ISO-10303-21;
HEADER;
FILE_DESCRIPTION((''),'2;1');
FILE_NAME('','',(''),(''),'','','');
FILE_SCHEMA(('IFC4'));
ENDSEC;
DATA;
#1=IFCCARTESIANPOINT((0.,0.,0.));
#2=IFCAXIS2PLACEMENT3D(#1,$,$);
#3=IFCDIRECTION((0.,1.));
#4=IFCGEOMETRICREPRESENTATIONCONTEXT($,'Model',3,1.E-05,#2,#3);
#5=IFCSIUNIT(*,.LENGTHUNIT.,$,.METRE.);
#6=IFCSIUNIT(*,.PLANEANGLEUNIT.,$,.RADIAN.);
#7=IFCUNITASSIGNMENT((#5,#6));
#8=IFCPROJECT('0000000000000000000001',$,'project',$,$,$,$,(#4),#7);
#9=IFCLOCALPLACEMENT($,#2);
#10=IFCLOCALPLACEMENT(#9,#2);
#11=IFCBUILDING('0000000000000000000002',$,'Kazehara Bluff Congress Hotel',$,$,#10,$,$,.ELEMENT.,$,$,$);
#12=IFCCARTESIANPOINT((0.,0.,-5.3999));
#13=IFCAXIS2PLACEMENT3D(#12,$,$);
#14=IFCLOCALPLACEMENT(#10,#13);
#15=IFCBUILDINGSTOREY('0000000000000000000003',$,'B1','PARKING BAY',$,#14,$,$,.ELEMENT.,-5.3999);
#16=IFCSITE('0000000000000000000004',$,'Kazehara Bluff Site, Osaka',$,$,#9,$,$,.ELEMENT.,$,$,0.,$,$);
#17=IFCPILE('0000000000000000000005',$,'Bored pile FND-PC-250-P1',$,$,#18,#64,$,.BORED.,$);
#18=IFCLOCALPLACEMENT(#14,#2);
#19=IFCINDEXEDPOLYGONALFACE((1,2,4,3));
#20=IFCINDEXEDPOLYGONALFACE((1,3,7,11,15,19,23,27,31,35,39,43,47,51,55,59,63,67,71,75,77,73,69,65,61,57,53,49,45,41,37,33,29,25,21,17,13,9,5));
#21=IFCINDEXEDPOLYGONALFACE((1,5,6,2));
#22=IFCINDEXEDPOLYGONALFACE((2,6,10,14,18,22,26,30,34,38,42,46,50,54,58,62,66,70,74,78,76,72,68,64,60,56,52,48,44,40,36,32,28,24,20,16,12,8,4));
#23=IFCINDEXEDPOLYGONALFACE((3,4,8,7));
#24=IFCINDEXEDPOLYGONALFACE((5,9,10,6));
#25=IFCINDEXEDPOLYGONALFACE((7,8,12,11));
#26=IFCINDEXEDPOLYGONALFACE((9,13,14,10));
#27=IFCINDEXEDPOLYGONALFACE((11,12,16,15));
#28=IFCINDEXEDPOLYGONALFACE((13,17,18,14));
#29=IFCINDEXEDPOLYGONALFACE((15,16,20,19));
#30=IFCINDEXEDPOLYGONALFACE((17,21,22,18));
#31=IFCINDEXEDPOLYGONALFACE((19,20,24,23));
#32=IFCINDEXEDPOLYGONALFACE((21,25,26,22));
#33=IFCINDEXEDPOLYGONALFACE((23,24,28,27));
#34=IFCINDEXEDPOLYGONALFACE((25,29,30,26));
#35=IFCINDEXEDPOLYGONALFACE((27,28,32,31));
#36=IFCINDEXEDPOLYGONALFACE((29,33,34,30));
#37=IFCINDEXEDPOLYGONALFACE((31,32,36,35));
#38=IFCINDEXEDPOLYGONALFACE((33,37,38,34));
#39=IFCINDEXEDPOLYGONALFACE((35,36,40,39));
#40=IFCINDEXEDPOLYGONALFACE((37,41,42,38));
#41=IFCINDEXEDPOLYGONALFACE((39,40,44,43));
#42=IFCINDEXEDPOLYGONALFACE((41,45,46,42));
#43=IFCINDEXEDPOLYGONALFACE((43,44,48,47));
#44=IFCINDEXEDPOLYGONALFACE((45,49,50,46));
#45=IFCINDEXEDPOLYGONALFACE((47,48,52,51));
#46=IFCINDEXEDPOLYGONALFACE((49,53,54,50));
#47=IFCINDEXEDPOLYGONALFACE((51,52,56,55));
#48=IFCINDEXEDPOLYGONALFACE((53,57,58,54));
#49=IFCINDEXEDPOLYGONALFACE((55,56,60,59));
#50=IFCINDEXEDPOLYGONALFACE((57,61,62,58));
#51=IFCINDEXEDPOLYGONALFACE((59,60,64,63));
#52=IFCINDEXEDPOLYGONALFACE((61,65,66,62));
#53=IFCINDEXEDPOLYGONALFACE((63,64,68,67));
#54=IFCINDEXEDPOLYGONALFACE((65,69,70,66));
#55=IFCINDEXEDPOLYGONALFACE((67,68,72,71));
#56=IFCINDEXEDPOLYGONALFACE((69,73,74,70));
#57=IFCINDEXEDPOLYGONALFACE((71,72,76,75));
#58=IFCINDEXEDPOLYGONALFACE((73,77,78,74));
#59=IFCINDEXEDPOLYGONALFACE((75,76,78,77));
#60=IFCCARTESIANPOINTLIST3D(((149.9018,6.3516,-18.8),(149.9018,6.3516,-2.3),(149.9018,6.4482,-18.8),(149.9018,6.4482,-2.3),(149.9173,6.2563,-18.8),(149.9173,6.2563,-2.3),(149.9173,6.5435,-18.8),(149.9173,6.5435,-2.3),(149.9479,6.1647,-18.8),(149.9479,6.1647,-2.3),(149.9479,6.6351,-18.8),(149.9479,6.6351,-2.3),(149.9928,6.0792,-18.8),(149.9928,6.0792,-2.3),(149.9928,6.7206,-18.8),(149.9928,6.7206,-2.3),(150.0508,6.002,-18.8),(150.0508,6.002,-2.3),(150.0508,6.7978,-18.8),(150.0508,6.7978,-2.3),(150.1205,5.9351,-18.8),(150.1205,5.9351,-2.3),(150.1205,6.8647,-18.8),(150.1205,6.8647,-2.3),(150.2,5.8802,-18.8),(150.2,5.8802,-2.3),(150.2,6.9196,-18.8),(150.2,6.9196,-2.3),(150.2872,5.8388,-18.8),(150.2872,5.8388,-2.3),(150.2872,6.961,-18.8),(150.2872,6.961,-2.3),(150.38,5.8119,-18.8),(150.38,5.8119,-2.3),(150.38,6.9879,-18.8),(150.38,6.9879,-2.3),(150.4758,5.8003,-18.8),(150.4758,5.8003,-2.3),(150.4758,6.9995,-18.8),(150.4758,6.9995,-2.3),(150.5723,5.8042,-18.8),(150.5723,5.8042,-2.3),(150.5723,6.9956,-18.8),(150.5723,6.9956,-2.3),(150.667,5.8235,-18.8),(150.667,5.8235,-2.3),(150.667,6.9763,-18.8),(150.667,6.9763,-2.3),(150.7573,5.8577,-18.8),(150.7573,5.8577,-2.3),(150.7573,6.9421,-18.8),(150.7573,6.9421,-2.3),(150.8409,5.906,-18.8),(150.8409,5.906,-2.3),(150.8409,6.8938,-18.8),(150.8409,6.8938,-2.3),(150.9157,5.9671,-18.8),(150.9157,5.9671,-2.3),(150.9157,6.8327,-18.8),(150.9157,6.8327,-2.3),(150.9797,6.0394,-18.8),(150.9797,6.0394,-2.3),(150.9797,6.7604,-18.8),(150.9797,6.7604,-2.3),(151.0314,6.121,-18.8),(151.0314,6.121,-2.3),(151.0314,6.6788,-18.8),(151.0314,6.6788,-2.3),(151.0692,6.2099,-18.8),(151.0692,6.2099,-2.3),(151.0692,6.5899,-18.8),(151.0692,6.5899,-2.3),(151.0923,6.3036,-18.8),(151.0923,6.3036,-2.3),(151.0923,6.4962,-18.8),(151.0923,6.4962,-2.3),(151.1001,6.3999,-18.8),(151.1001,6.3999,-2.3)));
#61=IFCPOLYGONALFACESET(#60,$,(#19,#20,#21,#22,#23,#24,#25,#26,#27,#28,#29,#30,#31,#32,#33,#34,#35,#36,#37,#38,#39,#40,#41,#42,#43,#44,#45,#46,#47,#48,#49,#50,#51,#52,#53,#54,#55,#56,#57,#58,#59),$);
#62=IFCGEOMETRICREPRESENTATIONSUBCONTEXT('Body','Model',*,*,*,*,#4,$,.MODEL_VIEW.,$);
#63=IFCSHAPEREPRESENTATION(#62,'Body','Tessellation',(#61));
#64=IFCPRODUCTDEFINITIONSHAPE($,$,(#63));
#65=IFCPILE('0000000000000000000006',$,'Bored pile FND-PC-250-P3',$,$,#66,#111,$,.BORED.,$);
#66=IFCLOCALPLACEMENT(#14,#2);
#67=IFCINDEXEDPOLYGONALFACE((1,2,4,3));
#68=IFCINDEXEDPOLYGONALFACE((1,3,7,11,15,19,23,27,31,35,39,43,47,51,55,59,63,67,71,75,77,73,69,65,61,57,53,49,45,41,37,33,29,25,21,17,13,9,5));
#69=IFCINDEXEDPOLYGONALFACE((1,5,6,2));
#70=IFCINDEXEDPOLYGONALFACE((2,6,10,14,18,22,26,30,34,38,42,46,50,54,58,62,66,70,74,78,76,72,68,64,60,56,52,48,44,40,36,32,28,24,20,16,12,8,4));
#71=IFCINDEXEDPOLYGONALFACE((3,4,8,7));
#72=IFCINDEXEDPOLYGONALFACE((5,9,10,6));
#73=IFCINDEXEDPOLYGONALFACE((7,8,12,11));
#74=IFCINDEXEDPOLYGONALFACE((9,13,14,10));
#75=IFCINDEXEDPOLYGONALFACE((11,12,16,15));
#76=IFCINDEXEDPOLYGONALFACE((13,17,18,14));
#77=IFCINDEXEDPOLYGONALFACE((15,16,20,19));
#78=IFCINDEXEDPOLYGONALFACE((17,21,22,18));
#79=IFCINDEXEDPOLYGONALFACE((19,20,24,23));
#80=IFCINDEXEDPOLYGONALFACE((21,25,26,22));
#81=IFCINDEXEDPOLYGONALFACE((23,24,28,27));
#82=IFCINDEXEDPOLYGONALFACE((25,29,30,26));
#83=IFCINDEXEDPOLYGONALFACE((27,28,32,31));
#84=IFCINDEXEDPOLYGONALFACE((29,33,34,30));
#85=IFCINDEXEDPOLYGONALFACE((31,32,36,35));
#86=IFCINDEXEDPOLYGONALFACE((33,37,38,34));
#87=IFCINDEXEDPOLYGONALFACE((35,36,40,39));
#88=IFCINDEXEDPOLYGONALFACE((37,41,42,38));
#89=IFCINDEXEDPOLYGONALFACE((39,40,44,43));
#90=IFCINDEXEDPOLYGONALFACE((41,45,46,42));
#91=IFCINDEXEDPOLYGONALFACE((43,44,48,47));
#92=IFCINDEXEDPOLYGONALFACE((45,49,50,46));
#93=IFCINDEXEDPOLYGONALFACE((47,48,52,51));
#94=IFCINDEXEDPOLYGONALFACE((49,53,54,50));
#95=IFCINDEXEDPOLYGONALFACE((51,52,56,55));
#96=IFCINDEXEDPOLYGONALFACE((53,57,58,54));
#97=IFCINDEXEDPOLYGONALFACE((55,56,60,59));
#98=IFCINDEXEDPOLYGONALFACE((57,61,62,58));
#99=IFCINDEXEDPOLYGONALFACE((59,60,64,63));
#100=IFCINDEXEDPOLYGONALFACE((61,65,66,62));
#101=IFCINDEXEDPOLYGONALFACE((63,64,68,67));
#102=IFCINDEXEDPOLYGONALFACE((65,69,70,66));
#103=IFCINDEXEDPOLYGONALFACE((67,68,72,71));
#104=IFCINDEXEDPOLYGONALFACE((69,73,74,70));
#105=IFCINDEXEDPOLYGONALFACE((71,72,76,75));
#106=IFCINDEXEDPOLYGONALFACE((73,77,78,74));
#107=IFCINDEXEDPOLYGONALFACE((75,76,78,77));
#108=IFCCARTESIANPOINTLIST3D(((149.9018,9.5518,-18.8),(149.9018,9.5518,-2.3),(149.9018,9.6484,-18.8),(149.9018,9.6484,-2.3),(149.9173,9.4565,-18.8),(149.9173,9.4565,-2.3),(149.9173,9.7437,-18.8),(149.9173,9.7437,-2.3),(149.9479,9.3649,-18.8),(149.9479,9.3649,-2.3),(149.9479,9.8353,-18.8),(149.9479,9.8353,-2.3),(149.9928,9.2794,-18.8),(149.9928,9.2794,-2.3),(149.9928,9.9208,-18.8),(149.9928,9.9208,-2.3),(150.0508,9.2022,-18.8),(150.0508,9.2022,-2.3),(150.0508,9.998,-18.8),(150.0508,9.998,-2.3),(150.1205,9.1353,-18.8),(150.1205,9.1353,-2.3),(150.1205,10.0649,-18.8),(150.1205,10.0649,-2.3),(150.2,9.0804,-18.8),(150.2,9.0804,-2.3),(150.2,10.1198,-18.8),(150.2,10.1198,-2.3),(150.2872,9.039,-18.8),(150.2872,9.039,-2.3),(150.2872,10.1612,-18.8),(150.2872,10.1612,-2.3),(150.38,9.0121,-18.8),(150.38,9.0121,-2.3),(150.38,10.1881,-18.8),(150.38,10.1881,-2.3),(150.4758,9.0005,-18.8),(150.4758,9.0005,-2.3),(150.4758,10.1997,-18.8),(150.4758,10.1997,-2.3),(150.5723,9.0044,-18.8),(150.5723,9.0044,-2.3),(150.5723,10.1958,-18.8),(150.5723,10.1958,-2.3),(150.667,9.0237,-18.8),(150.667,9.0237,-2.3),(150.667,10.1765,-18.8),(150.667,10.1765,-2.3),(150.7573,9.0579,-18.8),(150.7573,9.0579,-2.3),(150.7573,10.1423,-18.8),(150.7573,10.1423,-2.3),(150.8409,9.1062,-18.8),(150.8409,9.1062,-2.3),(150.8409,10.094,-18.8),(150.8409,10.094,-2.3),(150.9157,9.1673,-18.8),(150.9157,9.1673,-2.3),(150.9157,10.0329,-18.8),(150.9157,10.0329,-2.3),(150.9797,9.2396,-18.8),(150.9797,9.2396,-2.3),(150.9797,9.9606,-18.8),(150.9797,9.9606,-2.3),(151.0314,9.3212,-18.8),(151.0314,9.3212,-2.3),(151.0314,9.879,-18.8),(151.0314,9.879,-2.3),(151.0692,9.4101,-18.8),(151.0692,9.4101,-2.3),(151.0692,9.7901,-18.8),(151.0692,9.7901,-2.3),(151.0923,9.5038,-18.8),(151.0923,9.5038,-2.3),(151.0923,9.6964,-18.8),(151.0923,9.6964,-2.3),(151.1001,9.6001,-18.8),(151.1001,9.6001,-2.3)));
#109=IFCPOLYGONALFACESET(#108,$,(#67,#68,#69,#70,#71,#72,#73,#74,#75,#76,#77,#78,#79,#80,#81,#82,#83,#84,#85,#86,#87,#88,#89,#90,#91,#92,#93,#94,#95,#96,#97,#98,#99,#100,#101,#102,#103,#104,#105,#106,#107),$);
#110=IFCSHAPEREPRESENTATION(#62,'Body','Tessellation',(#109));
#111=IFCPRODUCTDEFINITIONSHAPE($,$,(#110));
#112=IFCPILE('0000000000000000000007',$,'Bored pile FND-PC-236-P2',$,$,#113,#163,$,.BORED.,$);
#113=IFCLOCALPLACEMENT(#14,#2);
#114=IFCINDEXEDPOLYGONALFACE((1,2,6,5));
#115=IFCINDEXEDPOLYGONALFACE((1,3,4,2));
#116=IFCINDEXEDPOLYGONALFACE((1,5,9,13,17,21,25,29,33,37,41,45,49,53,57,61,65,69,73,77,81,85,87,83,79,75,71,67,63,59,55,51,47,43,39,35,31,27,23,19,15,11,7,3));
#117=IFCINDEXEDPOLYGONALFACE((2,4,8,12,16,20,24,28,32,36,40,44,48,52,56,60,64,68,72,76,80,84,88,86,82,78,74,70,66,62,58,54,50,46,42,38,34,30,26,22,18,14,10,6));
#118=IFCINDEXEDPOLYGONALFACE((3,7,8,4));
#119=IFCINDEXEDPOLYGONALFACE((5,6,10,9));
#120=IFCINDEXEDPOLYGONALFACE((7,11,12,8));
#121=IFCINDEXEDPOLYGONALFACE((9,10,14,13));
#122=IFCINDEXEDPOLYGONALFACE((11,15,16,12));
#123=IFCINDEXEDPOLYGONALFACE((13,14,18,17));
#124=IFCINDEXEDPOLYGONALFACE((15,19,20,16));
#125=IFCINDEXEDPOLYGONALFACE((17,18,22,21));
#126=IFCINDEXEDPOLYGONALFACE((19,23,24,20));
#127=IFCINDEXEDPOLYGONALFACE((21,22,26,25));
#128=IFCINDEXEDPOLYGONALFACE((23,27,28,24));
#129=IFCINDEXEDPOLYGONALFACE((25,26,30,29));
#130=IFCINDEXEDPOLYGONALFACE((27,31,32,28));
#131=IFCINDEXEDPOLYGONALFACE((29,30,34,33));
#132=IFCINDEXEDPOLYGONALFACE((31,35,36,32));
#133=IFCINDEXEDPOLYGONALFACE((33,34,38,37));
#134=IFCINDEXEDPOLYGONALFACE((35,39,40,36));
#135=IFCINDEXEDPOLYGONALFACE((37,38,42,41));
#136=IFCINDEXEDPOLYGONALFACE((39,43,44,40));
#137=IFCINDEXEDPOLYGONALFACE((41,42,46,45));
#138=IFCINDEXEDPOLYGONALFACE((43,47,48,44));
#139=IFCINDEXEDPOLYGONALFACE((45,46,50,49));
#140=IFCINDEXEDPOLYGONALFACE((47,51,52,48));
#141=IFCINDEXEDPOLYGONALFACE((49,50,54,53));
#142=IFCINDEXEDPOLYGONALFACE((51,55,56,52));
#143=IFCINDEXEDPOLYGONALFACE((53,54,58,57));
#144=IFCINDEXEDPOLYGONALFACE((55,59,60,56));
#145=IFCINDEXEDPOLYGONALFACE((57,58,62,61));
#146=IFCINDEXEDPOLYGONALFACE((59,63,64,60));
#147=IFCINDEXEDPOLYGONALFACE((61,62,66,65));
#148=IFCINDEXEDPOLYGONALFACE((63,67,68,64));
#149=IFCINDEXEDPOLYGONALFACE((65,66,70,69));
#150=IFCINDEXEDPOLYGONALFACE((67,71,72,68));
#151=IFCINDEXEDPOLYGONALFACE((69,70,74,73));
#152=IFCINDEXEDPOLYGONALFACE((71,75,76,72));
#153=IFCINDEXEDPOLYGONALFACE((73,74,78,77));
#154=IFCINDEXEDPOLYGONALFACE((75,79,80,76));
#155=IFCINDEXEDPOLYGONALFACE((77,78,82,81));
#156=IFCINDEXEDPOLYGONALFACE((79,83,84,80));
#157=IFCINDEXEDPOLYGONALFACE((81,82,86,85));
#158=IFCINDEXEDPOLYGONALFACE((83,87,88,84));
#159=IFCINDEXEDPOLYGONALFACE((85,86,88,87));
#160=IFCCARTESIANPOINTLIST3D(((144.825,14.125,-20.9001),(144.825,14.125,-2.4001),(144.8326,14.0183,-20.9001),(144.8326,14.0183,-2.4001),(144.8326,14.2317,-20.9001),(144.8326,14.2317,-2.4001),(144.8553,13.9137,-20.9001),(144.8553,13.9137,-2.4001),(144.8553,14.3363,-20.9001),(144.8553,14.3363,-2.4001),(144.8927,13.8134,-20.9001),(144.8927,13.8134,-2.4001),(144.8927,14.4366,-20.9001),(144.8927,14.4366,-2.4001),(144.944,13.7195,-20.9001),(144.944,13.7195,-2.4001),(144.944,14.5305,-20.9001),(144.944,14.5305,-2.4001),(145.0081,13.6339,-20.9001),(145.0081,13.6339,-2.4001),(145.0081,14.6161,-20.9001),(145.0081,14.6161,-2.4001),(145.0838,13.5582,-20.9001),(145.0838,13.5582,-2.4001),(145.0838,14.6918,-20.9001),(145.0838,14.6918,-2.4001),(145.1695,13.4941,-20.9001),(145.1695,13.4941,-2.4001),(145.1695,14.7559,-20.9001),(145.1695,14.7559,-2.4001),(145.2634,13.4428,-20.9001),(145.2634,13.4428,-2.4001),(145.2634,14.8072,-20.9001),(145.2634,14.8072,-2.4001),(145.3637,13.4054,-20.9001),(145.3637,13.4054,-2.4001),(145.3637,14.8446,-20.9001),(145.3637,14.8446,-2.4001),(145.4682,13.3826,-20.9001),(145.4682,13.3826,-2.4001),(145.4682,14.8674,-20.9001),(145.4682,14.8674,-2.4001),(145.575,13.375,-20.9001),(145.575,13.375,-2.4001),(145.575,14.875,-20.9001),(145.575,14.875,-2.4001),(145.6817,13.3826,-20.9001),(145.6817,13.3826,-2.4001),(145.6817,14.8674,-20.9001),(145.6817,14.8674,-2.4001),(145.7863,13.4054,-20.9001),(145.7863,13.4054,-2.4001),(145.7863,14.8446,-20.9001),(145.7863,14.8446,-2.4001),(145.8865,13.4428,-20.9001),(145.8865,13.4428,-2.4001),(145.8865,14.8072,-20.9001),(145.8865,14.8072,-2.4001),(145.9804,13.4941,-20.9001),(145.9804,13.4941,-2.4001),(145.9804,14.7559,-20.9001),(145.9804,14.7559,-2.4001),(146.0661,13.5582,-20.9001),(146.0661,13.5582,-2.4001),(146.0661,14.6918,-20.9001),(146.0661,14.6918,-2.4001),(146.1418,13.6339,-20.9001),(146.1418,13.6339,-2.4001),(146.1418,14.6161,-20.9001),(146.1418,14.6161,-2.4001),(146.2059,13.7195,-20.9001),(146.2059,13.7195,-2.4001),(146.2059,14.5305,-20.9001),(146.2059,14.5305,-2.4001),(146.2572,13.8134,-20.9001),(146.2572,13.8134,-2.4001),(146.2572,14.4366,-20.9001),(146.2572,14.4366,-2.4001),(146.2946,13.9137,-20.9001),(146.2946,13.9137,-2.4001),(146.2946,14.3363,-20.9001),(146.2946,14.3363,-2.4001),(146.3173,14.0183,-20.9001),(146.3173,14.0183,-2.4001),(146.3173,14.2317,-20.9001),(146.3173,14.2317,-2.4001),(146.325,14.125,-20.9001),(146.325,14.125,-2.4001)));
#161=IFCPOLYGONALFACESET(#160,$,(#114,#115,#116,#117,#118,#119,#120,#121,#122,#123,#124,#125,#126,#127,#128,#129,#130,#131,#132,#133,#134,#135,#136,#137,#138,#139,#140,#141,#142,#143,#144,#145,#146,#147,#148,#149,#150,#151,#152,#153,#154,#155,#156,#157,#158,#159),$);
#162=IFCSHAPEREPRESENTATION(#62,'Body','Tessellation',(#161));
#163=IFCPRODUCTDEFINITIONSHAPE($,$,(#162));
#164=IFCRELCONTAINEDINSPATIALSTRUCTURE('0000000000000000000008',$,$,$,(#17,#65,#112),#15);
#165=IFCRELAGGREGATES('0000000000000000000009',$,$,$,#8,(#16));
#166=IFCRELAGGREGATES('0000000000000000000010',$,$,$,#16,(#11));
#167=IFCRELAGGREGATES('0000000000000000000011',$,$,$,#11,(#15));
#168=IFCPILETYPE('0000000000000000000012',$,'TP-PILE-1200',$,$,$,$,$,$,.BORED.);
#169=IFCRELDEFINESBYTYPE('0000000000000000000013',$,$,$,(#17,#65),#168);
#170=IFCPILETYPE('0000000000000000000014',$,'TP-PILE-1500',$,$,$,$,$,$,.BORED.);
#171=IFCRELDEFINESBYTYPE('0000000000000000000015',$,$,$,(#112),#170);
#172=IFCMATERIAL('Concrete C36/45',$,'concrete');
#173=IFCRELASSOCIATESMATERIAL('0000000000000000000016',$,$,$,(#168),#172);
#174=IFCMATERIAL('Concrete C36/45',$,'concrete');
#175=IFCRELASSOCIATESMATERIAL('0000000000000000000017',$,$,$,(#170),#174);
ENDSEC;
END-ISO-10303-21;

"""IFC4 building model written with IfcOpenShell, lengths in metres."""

from ifc_helpers import new_model, si_unit, direction, frame, origin, origin_2d, place, context, subcontext, project, spatial, circle, extrude, material, material_profile, profile_set, type_object, element, save


model = new_model("IFC4")

# Units and contexts
model_context = context("Model", 3, precision=1e-05, world=origin(), true_north=direction((0.0, 1.0)))
body_context = subcontext(model_context, "Body", "Model", "MODEL_VIEW")
ifc_project = project(units=[si_unit("LENGTHUNIT", "METRE"), si_unit("PLANEANGLEUNIT", "RADIAN")], contexts=[model_context])

# Site, building, storey
site_placement = place(None, origin())
site = spatial("IfcSite", under=ifc_project, at=site_placement, Name="Kazehara Bluff Site, Osaka", CompositionType="ELEMENT", RefElevation=0.0)
building_placement = place(site_placement, origin())
building = spatial("IfcBuilding", under=site, at=building_placement, Name="Kazehara Bluff Congress Hotel", CompositionType="ELEMENT")
storey_placement = place(building_placement, frame((0.0, 0.0, -5.3999)))
storey = spatial("IfcBuildingStorey", under=building, at=storey_placement, Name="B1", Description="PARKING BAY", CompositionType="ELEMENT", Elevation=-5.3999)

# Piles
ifc_material_1 = material(Name="Concrete C36/45", Category="concrete")
ifc_material_profile_1 = material_profile(ifc_material_1, circle(Radius=0.6001, at=origin_2d()))
ifc_profile_set_1 = profile_set([ifc_material_profile_1], Name="Concrete C36/45")
pile_type_1 = type_object("IfcPileType", Name="TP-PILE-1200", PredefinedType="BORED", material=ifc_profile_set_1)
for number, where, z_axis, x_axis, name in (
    (1, (150.5, 6.3999, -2.3), (0.0, 0.0, -1.0), (1.0, 0.0, 0.0), "Bored pile FND-PC-250-P1"),
    (2, (150.5, 9.6001, -2.3), (0.0, 0.0, -1.0), (1.0, 0.0, 0.0), "Bored pile FND-PC-250-P3"),
):
    element("IfcPile", number, at=place(storey_placement, frame(where, z_axis=z_axis, x_axis=x_axis)), inside=storey, type_object=pile_type_1, Name=name, PredefinedType="BORED", context=body_context, shape_type="SweptSolid", body=[
        extrude(circle(Radius=0.6001, at=origin_2d()), origin(), (0.0, 0.0, 1.0), 16.5),
    ])
ifc_material_2 = material(Name="Concrete C36/45", Category="concrete")
ifc_material_profile_2 = material_profile(ifc_material_2, circle(Radius=0.75, at=origin_2d()))
ifc_profile_set_2 = profile_set([ifc_material_profile_2], Name="Concrete C36/45")
pile_type_2 = type_object("IfcPileType", Name="TP-PILE-1500", PredefinedType="BORED", material=ifc_profile_set_2)
for number, where, z_axis, x_axis, name in (
    (3, (145.575, 14.125, -2.4001), (0.0, 0.0, -1.0), (1.0, 0.0, 0.0), "Bored pile FND-PC-236-P2"),
):
    element("IfcPile", number, at=place(storey_placement, frame(where, z_axis=z_axis, x_axis=x_axis)), inside=storey, type_object=pile_type_2, Name=name, PredefinedType="BORED", context=body_context, shape_type="SweptSolid", body=[
        extrude(circle(Radius=0.75, at=origin_2d()), origin(), (0.0, 0.0, 1.0), 18.5),
    ])

save(model, "model.ifc")
